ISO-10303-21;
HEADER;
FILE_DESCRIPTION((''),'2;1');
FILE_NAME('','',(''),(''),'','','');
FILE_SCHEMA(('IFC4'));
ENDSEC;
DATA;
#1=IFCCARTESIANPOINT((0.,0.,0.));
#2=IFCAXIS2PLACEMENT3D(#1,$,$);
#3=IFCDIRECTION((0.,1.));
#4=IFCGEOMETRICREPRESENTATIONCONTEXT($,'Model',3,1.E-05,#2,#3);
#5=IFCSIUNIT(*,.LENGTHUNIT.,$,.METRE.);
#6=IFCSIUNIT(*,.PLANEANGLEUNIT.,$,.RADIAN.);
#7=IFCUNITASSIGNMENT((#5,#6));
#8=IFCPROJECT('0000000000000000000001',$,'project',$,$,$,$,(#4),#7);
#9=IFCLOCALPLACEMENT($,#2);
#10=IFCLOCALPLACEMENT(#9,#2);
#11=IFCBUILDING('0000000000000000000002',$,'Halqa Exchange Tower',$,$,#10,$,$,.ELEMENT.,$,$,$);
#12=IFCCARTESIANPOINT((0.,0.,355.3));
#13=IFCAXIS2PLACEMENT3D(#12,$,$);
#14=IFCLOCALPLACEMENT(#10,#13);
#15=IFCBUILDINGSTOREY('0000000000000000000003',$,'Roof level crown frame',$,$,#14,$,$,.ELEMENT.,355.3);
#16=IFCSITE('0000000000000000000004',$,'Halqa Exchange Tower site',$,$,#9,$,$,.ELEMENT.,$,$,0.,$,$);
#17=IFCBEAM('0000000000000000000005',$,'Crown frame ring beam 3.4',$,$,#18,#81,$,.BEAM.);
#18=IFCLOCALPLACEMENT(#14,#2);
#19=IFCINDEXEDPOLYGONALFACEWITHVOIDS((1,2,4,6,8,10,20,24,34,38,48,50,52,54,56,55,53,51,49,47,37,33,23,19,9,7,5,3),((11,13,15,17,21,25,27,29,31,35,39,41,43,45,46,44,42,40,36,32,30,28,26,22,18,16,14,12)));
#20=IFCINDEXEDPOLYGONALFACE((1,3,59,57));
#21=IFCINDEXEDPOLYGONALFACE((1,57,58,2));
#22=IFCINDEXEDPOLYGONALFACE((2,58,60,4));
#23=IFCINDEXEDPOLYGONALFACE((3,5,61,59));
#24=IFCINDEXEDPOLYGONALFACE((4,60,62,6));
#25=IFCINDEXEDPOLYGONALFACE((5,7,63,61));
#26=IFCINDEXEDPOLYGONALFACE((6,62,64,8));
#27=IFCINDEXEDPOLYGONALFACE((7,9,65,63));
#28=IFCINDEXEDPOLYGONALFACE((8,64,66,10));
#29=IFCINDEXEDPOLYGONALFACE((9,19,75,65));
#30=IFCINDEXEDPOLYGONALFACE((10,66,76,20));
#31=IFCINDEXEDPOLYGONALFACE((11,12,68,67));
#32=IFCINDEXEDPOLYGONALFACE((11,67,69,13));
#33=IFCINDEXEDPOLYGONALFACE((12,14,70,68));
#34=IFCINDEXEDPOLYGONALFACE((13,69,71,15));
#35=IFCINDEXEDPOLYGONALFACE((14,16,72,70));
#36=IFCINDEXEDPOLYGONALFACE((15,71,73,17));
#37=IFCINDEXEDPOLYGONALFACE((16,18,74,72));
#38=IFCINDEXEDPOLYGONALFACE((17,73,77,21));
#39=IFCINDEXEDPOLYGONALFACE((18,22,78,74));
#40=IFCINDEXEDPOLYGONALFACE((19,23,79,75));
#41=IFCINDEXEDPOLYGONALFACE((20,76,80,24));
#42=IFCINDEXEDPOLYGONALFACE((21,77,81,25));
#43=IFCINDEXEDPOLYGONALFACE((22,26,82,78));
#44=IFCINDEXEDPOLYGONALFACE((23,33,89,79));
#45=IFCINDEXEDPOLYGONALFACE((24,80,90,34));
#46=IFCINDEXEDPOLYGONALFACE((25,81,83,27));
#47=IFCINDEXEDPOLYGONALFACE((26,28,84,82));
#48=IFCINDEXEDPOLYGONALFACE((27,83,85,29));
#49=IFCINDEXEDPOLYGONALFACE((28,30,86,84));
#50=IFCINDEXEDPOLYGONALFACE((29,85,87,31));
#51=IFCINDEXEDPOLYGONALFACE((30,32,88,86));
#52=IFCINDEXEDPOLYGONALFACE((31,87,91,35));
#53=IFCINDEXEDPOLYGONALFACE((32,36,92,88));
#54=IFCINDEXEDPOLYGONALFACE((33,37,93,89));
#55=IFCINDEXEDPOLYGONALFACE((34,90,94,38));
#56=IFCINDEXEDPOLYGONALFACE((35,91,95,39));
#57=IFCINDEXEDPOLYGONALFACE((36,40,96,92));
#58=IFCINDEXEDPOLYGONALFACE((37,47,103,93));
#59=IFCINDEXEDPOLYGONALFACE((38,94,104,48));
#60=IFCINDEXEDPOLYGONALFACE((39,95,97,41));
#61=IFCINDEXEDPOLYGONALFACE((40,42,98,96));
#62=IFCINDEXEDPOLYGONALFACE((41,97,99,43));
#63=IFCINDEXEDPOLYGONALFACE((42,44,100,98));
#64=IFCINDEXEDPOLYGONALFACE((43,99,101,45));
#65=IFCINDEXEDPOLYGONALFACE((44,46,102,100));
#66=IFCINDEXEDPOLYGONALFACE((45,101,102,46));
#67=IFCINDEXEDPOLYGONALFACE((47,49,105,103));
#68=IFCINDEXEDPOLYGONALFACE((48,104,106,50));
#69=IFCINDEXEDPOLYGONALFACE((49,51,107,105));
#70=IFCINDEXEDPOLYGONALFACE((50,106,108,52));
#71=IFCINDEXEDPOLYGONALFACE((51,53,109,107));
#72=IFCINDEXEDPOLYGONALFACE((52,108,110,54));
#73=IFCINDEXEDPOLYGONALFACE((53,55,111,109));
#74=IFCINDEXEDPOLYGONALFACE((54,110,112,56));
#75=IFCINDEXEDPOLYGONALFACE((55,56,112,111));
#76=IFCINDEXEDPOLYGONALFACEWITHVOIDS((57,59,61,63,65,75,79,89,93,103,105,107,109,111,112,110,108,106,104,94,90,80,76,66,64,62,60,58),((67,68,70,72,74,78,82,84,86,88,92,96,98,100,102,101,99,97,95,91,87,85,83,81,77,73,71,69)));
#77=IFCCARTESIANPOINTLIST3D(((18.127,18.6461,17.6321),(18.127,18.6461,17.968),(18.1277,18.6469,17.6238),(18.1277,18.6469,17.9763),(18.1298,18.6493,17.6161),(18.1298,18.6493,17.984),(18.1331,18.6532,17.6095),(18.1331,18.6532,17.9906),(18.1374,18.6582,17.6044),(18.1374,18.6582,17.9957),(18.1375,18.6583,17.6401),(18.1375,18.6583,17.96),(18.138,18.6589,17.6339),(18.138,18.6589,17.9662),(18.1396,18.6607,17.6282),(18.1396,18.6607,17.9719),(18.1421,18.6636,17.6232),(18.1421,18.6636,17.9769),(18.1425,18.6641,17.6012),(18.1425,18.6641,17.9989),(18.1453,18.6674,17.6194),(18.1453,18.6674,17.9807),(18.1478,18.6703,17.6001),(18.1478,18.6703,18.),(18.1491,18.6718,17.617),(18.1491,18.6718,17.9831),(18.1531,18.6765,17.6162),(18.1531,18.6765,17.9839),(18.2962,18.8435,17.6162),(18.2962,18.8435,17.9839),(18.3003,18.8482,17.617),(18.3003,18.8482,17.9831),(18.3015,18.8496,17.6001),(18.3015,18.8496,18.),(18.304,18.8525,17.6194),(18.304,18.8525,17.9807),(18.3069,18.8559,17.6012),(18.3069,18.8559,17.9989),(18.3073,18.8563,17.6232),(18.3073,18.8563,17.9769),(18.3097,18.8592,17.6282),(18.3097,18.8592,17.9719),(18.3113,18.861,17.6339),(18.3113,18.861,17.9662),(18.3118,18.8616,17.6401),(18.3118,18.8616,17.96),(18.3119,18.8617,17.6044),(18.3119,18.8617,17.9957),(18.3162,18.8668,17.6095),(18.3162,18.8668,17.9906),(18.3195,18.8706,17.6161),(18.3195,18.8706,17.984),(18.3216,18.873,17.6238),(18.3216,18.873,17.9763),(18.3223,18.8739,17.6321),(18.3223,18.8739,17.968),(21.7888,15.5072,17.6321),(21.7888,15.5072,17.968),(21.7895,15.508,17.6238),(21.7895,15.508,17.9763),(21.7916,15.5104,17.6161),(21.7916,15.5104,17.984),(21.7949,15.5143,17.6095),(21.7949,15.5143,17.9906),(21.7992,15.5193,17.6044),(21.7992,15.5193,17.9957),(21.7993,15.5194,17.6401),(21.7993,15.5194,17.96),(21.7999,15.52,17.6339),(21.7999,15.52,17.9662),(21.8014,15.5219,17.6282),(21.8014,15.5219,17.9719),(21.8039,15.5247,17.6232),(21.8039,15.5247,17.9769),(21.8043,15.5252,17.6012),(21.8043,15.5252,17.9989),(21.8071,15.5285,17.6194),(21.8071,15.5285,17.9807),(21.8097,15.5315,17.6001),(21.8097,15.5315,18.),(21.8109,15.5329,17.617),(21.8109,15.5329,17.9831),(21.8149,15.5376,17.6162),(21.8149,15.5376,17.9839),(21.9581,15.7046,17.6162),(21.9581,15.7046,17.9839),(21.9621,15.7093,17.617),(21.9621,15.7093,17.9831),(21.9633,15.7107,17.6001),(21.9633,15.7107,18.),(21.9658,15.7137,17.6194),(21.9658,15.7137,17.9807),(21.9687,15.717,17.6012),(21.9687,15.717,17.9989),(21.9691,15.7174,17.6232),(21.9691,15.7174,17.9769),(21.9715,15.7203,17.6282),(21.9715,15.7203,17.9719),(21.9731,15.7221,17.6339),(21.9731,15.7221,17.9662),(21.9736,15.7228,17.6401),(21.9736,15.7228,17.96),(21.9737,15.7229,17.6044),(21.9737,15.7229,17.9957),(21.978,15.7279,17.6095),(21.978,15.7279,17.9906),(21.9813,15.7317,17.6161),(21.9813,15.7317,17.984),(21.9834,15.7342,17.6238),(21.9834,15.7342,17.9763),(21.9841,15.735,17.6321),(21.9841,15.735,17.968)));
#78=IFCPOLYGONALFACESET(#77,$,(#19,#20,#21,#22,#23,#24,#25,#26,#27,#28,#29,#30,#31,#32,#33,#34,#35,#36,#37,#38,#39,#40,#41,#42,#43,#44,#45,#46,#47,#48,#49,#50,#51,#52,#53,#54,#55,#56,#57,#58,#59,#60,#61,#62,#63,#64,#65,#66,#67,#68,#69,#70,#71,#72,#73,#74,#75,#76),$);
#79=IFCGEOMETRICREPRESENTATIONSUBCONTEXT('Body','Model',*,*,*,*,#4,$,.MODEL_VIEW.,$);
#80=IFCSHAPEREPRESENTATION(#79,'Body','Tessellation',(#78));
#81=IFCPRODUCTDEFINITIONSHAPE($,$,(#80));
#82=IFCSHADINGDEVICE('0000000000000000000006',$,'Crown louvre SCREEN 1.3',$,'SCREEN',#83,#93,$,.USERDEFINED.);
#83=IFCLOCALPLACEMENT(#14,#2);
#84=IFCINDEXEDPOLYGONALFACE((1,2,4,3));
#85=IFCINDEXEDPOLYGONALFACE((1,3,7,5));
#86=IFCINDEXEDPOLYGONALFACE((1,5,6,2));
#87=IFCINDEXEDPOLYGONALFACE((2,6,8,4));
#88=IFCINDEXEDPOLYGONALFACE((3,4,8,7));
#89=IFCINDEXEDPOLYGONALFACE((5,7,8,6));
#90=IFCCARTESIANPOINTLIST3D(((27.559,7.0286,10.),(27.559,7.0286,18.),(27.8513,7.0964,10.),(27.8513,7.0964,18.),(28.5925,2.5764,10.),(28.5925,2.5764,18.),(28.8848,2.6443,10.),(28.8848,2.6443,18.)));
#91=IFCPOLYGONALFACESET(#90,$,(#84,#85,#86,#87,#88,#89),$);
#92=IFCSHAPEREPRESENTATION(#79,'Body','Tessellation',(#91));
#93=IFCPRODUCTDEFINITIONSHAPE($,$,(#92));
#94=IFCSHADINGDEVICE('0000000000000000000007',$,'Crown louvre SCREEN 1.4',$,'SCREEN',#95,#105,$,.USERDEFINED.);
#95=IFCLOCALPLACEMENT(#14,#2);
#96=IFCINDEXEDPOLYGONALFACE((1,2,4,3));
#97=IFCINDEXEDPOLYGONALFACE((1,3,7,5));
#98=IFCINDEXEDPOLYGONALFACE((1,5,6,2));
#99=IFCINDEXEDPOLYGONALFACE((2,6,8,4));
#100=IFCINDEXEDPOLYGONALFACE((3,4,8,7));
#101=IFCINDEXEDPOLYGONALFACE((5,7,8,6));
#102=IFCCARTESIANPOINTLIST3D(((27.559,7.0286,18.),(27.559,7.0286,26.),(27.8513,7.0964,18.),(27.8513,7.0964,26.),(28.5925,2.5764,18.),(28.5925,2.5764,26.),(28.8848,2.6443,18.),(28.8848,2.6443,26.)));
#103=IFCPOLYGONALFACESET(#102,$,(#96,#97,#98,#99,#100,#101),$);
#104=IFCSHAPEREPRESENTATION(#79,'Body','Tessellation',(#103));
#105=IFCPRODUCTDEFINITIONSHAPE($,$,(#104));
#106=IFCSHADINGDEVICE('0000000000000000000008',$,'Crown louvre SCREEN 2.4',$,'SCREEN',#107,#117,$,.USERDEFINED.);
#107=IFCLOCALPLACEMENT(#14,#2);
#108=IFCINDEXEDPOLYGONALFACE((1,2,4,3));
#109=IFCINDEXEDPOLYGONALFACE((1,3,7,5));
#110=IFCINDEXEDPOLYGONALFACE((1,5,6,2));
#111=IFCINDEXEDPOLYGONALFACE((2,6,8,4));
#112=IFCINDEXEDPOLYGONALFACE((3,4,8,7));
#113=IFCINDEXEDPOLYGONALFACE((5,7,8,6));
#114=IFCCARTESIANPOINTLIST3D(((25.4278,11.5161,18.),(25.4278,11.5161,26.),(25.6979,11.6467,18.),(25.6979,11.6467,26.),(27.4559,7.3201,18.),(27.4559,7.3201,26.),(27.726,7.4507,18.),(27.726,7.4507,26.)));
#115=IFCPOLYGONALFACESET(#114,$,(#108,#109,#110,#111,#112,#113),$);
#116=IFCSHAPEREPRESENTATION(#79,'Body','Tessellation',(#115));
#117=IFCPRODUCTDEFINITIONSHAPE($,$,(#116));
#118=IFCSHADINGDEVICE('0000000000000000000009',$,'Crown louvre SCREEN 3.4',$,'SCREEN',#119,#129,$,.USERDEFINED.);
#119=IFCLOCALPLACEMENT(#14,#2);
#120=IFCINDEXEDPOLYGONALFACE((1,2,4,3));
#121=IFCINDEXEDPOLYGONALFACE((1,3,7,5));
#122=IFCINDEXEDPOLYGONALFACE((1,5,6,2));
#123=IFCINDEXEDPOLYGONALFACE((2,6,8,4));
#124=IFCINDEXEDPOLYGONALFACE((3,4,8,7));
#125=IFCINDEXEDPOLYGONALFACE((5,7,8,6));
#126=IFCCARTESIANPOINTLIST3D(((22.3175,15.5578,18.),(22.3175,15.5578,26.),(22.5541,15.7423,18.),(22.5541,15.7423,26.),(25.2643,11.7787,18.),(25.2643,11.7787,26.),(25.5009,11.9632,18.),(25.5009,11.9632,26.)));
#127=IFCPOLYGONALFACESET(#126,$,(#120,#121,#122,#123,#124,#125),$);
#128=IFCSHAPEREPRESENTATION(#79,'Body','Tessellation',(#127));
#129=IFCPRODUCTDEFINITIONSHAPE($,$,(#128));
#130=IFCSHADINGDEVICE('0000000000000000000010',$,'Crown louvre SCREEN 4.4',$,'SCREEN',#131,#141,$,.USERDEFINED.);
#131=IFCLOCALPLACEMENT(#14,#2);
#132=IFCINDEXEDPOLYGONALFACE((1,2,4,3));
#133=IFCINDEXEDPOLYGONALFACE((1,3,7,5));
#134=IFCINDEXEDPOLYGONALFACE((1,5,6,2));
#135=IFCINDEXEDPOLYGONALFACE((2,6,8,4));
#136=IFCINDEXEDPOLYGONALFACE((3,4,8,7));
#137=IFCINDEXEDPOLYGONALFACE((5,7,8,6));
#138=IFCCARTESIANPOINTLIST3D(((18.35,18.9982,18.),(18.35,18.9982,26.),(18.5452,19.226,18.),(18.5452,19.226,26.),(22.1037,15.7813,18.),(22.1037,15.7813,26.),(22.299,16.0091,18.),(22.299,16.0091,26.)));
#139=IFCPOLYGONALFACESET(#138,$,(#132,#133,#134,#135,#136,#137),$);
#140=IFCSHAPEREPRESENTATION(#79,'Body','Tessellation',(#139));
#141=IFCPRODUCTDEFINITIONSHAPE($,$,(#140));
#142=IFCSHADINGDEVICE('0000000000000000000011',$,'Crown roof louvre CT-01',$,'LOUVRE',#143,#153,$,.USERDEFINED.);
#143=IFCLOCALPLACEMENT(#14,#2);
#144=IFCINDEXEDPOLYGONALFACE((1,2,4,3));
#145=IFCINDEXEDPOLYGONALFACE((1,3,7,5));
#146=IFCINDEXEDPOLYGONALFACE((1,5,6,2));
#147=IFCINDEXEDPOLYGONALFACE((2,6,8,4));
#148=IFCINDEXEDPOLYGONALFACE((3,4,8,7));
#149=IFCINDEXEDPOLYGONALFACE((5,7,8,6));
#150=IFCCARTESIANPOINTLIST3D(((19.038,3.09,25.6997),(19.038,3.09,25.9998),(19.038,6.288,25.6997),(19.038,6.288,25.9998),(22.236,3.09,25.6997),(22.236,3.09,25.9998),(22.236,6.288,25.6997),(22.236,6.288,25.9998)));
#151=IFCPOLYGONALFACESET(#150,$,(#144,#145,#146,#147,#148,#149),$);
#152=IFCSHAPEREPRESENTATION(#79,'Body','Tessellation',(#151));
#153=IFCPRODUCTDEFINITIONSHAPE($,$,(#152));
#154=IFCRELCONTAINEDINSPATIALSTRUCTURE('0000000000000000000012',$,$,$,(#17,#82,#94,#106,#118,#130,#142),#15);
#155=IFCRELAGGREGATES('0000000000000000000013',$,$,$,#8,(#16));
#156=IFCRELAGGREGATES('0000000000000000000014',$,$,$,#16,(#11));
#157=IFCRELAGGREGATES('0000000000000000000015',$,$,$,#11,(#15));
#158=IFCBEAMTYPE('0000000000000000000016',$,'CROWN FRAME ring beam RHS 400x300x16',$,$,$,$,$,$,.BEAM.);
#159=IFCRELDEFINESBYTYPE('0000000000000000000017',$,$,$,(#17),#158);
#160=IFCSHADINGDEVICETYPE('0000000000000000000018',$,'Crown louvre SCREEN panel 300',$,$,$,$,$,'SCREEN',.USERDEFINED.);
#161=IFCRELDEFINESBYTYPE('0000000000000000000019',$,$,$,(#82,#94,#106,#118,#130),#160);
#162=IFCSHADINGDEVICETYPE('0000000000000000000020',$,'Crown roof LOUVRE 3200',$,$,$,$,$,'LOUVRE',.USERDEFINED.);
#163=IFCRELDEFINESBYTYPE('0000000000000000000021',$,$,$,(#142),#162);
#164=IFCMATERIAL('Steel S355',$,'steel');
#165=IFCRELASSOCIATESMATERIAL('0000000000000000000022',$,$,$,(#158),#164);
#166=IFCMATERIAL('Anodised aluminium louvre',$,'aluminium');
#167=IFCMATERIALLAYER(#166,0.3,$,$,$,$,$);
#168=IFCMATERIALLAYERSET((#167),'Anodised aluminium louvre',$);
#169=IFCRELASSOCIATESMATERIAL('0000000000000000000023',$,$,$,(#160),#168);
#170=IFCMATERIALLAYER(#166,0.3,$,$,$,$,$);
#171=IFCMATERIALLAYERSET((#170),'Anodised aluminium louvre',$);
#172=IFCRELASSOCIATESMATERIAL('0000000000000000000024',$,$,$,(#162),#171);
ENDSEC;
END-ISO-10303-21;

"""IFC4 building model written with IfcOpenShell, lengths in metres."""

from ifc_helpers import new_model, si_unit, direction, frame, origin, origin_2d, place, context, subcontext, project, spatial, rectangle, hollow_rectangle, extrude, material, layer, layer_set, material_profile, profile_set, type_object, element, save


model = new_model("IFC4")

# Units and contexts
model_context = context("Model", 3, precision=1e-05, world=origin(), true_north=direction((0.0, 1.0)))
body_context = subcontext(model_context, "Body", "Model", "MODEL_VIEW")
ifc_project = project(units=[si_unit("LENGTHUNIT", "METRE"), si_unit("PLANEANGLEUNIT", "RADIAN")], contexts=[model_context])

# Site, building, storey
site_placement = place(None, origin())
site = spatial("IfcSite", under=ifc_project, at=site_placement, Name="Halqa Exchange Tower site", CompositionType="ELEMENT", RefElevation=0.0)
building_placement = place(site_placement, origin())
building = spatial("IfcBuilding", under=site, at=building_placement, Name="Halqa Exchange Tower", CompositionType="ELEMENT")
storey_placement = place(building_placement, frame((0.0, 0.0, 355.3)))
storey = spatial("IfcBuildingStorey", under=building, at=storey_placement, Name="Roof level crown frame", CompositionType="ELEMENT", Elevation=355.3)

# Shared definitions
ifc_material_1 = material(Name="Steel S355", Category="steel")

# Beam
ifc_material_profile_1 = material_profile(ifc_material_1, hollow_rectangle(XDim=0.3, YDim=0.3999, WallThickness=0.0161, InnerFilletRadius=0.0239, OuterFilletRadius=0.032, at=origin_2d()), Name="RHS 400x300x16")
ifc_profile_set_1 = profile_set([ifc_material_profile_1], Name="Steel S355")
beam_type_1 = type_object("IfcBeamType", Name="CROWN FRAME ring beam RHS 400x300x16", PredefinedType="BEAM", material=ifc_profile_set_1)
beam_1_placement = place(storey_placement, frame((21.8865, 15.6211, 17.8), z_axis=(-0.759239, 0.650812, 0.0), x_axis=(-0.650812, -0.759239, 0.0)))
element("IfcBeam", 1, at=beam_1_placement, inside=storey, type_object=beam_type_1, Name="Crown frame ring beam 3.4", PredefinedType="BEAM", context=body_context, shape_type="SweptSolid", body=[
    extrude(hollow_rectangle(XDim=0.3, YDim=0.3999, WallThickness=0.0161, InnerFilletRadius=0.0239, OuterFilletRadius=0.032, at=origin_2d()), origin(), (0.0, 0.0, 1.0), 4.823),
])

# Shading devices
ifc_material_2 = material(Name="Anodised aluminium louvre", Category="aluminium")
ifc_layer_1 = layer(ifc_material_2, 0.3)
ifc_layer_set_1 = layer_set([ifc_layer_1], Name="Anodised aluminium louvre")
shading_device_type_1 = type_object("IfcShadingDeviceType", Name="Crown louvre SCREEN panel 300", ElementType="SCREEN", PredefinedType="USERDEFINED", material=ifc_layer_set_1)
for number, where, z_axis, x_axis, name in (
    (2, (28.2219, 4.8364, 10.0), (0.0, 0.0, 1.0), (-0.226121, 0.974099, 0.0), "Crown louvre SCREEN 1.3"),
    (3, (28.2219, 4.8364, 18.0), (0.0, 0.0, 1.0), (-0.226121, 0.974099, 0.0), "Crown louvre SCREEN 1.4"),
):
    element("IfcShadingDevice", number, at=place(storey_placement, frame(where, z_axis=z_axis, x_axis=x_axis)), inside=storey, type_object=shading_device_type_1, Name=name, ObjectType="SCREEN", PredefinedType="USERDEFINED", context=body_context, shape_type="SweptSolid", body=[
        extrude(rectangle(XDim=4.5706, YDim=0.3, at=origin_2d()), origin(), (0.0, 0.0, 1.0), 8.0),
    ])
shading_device_1_placement = place(storey_placement, frame((26.5769, 9.4834, 18.0), z_axis=(0.0, 0.0, 1.0), x_axis=(-0.435179, 0.900344, 0.0)))
element("IfcShadingDevice", 4, at=shading_device_1_placement, inside=storey, type_object=shading_device_type_1, Name="Crown louvre SCREEN 2.4", ObjectType="SCREEN", PredefinedType="USERDEFINED", context=body_context, shape_type="SweptSolid", body=[
    extrude(rectangle(XDim=4.6604, YDim=0.3, at=origin_2d()), origin(), (0.0, 0.0, 1.0), 8.0),
])
shading_device_2_placement = place(storey_placement, frame((23.9092, 13.7605, 18.0), z_axis=(0.0, 0.0, 1.0), x_axis=(-0.614908, 0.788599, 0.0)))
element("IfcShadingDevice", 5, at=shading_device_2_placement, inside=storey, type_object=shading_device_type_1, Name="Crown louvre SCREEN 3.4", ObjectType="SCREEN", PredefinedType="USERDEFINED", context=body_context, shape_type="SweptSolid", body=[
    extrude(rectangle(XDim=4.7922, YDim=0.3, at=origin_2d()), origin(), (0.0, 0.0, 1.0), 8.0),
])
shading_device_3_placement = place(storey_placement, frame((20.3245, 17.5037, 18.0), z_axis=(0.0, 0.0, 1.0), x_axis=(-0.759318, 0.65072, 0.0)))
element("IfcShadingDevice", 6, at=shading_device_3_placement, inside=storey, type_object=shading_device_type_1, Name="Crown louvre SCREEN 4.4", ObjectType="SCREEN", PredefinedType="USERDEFINED", context=body_context, shape_type="SweptSolid", body=[
    extrude(rectangle(XDim=4.9436, YDim=0.3, at=origin_2d()), origin(), (0.0, 0.0, 1.0), 8.0),
])
ifc_layer_2 = layer(ifc_material_2, 0.3)
ifc_layer_set_2 = layer_set([ifc_layer_2], Name="Anodised aluminium louvre")
shading_device_type_2 = type_object("IfcShadingDeviceType", Name="Crown roof LOUVRE 3200", ElementType="LOUVRE", PredefinedType="USERDEFINED", material=ifc_layer_set_2)
shading_device_4_placement = place(storey_placement, frame((20.637, 4.689, 25.6997), z_axis=(0.0, 0.0, 1.0), x_axis=(1.0, 0.0, 0.0)))
element("IfcShadingDevice", 7, at=shading_device_4_placement, inside=storey, type_object=shading_device_type_2, Name="Crown roof louvre CT-01", ObjectType="LOUVRE", PredefinedType="USERDEFINED", context=body_context, shape_type="SweptSolid", body=[
    extrude(rectangle(XDim=3.198, YDim=3.198, at=origin_2d()), origin(), (0.0, 0.0, 1.0), 0.3),
])

save(model, "model.ifc")
